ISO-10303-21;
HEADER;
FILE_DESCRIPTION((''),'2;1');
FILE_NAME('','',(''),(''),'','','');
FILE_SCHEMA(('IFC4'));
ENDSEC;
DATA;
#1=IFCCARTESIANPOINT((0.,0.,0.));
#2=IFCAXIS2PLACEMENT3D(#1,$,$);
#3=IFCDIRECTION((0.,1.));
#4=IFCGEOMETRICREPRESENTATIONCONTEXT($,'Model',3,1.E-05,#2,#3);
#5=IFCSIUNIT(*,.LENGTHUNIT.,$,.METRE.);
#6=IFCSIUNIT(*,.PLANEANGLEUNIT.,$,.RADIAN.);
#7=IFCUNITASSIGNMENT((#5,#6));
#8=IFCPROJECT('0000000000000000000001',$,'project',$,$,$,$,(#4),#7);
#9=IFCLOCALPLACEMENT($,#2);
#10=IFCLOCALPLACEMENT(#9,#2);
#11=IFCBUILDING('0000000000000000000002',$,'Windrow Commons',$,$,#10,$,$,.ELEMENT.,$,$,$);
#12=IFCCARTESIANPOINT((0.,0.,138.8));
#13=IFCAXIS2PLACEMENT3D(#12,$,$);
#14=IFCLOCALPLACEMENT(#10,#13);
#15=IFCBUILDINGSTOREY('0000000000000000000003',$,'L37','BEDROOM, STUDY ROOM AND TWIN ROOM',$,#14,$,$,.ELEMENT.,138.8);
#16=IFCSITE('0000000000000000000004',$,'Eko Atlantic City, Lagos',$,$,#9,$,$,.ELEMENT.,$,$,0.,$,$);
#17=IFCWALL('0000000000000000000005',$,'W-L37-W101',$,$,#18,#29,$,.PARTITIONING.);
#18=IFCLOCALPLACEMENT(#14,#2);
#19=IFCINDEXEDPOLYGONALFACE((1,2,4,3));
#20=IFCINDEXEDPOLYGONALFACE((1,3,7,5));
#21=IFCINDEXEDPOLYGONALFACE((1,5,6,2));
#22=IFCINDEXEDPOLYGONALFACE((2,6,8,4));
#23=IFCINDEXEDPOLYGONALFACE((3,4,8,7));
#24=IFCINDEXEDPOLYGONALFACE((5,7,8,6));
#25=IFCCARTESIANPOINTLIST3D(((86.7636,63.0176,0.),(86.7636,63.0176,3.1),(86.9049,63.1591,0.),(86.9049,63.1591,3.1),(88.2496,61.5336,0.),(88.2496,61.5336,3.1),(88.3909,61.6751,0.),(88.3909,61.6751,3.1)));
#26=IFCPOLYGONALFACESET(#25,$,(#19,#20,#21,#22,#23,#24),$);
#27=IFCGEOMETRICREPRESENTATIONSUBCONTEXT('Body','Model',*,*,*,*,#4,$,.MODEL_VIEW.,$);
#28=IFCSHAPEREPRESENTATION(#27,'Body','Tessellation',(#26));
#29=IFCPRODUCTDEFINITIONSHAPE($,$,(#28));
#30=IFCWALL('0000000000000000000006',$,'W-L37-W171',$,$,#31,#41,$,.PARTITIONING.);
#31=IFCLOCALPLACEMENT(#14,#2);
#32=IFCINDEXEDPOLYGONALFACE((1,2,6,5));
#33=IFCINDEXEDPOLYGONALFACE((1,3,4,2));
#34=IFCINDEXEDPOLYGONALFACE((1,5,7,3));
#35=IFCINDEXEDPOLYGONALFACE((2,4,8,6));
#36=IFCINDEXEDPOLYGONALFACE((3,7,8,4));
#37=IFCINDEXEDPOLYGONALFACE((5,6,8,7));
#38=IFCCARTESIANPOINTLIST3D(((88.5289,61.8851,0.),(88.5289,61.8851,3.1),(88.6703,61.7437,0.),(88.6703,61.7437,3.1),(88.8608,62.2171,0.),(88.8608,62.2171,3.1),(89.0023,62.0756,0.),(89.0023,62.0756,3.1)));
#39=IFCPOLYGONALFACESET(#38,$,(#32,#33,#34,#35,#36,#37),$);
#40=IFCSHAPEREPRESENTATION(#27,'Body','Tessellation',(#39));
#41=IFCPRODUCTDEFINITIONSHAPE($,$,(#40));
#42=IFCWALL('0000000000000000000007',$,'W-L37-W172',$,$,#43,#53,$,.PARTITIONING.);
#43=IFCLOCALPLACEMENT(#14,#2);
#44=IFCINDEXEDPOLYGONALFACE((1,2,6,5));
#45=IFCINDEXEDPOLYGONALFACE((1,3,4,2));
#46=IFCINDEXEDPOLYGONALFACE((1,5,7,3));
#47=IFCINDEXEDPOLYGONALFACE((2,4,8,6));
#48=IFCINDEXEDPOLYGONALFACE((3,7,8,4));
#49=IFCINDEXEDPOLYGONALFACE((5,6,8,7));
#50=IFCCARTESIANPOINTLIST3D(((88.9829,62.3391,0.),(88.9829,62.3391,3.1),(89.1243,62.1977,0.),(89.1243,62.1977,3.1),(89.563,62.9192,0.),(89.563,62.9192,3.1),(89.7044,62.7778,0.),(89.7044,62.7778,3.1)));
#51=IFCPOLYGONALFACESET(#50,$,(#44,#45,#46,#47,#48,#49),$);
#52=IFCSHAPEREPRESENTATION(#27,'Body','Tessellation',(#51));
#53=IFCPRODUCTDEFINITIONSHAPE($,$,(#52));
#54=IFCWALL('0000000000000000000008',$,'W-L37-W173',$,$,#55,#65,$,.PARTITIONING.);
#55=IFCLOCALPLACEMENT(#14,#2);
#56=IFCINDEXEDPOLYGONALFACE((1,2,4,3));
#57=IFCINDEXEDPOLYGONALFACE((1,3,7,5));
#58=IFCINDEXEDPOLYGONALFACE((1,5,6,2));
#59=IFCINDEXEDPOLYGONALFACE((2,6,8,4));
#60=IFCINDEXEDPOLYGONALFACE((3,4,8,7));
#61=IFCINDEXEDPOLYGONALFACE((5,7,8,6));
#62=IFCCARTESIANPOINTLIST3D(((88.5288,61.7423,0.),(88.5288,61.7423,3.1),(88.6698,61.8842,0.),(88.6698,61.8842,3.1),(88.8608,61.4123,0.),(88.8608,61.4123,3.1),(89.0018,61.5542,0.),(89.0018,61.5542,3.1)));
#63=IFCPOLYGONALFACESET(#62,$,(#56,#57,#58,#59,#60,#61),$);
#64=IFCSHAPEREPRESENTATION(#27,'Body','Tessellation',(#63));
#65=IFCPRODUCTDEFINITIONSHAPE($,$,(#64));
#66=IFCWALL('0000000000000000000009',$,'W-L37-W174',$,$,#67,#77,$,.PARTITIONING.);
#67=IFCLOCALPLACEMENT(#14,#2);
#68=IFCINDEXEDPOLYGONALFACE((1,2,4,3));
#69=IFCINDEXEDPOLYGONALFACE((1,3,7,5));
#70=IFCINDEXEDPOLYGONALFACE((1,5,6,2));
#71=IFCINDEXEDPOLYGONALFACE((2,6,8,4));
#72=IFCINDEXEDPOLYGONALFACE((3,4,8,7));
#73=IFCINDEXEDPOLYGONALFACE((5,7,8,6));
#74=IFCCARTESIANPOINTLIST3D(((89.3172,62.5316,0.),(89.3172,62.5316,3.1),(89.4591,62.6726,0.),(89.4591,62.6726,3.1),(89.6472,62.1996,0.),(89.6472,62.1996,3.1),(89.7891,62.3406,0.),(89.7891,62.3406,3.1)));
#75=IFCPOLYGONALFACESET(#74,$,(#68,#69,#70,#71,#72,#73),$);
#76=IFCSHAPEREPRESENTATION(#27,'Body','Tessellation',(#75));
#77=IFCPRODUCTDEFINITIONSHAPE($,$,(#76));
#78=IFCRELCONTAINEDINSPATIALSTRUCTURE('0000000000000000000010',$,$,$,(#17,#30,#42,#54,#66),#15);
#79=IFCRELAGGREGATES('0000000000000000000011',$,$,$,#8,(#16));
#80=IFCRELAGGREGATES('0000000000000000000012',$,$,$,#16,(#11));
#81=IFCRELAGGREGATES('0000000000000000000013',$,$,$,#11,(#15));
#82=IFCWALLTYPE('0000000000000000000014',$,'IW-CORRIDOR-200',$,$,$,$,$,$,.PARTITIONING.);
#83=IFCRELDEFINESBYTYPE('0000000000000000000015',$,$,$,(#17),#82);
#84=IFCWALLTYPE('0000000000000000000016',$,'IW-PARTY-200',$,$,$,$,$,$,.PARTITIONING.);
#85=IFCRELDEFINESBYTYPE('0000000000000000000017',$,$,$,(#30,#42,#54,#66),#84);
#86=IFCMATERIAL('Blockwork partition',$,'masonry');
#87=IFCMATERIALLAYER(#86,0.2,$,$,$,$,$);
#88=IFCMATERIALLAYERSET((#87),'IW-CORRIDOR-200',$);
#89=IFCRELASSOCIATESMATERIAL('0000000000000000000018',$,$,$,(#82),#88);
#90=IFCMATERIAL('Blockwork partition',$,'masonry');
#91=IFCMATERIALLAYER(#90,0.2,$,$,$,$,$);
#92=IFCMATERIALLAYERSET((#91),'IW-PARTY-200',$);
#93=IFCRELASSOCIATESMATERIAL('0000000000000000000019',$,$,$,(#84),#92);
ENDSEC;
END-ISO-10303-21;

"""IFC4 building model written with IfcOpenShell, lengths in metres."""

from ifc_helpers import new_model, si_unit, direction, frame, frame_2d, origin, place, context, subcontext, project, spatial, rectangle, extrude, material, layer, layer_set, type_object, element, save


model = new_model("IFC4")

# Units and contexts
model_context = context("Model", 3, precision=1e-05, world=origin(), true_north=direction((0.0, 1.0)))
body_context = subcontext(model_context, "Body", "Model", "MODEL_VIEW")
ifc_project = project(units=[si_unit("LENGTHUNIT", "METRE"), si_unit("PLANEANGLEUNIT", "RADIAN")], contexts=[model_context])

# Site, building, storey
site_placement = place(None, origin())
site = spatial("IfcSite", under=ifc_project, at=site_placement, Name="Eko Atlantic City, Lagos", CompositionType="ELEMENT", RefElevation=0.0)
building_placement = place(site_placement, origin())
building = spatial("IfcBuilding", under=site, at=building_placement, Name="Windrow Commons", CompositionType="ELEMENT")
storey_placement = place(building_placement, frame((0.0, 0.0, 138.8)))
storey = spatial("IfcBuildingStorey", under=building, at=storey_placement, Name="L37", Description="BEDROOM, STUDY ROOM AND TWIN ROOM", CompositionType="ELEMENT", Elevation=138.8)

# Shared definitions
ifc_material_1 = material(Name="Blockwork partition", Category="masonry")
ifc_layer_1 = layer(ifc_material_1, 0.2)
ifc_layer_set_1 = layer_set([ifc_layer_1], Name="IW-CORRIDOR-200")
wall_type_1 = type_object("IfcWallType", Name="IW-CORRIDOR-200", PredefinedType="PARTITIONING", material=ifc_layer_set_1)

# Walls
wall_1_placement = place(storey_placement, frame((86.8343, 63.0883, 0.0), z_axis=(0.0, 0.0, 1.0), x_axis=(0.707583, -0.70663, 0.0)))
element("IfcWall", 1, at=wall_1_placement, inside=storey, type_object=wall_type_1, Name="W-L37-W101", PredefinedType="PARTITIONING", context=body_context, shape_type="SweptSolid", body=[
    extrude(rectangle(XDim=2.1001, YDim=0.2, at=frame_2d((1.05, 0.0))), origin(), (0.0, 0.0, 1.0), 3.1),
])
ifc_material_2 = material(Name="Blockwork partition", Category="masonry")
ifc_layer_2 = layer(ifc_material_2, 0.2)
ifc_layer_set_2 = layer_set([ifc_layer_2], Name="IW-PARTY-200")
wall_type_2 = type_object("IfcWallType", Name="IW-PARTY-200", PredefinedType="PARTITIONING", material=ifc_layer_set_2)
wall_2_placement = place(storey_placement, frame((88.5996, 61.8144, 0.0), z_axis=(0.0, 0.0, 1.0), x_axis=(0.707107, 0.707107, 0.0)))
element("IfcWall", 2, at=wall_2_placement, inside=storey, type_object=wall_type_2, Name="W-L37-W171", PredefinedType="PARTITIONING", context=body_context, shape_type="SweptSolid", body=[
    extrude(rectangle(XDim=0.4695, YDim=0.2, at=frame_2d((0.2347, 0.0))), origin(), (0.0, 0.0, 1.0), 3.1),
])
wall_3_placement = place(storey_placement, frame((89.0536, 62.2684, 0.0), z_axis=(0.0, 0.0, 1.0), x_axis=(0.707107, 0.707107, 0.0)))
element("IfcWall", 3, at=wall_3_placement, inside=storey, type_object=wall_type_2, Name="W-L37-W172", PredefinedType="PARTITIONING", context=body_context, shape_type="SweptSolid", body=[
    extrude(rectangle(XDim=0.8204, YDim=0.2, at=frame_2d((0.4102, 0.0))), origin(), (0.0, 0.0, 1.0), 3.1),
])
for number, where, z_axis, x_axis, name in (
    (4, (88.5993, 61.8133, 0.0), (0.0, 0.0, 1.0), (0.70924, -0.704967, 0.0), "W-L37-W173"),
    (5, (89.3881, 62.6021, 0.0), (0.0, 0.0, 1.0), (0.704967, -0.70924, 0.0), "W-L37-W174"),
):
    element("IfcWall", number, at=place(storey_placement, frame(where, z_axis=z_axis, x_axis=x_axis)), inside=storey, type_object=wall_type_2, Name=name, PredefinedType="PARTITIONING", context=body_context, shape_type="SweptSolid", body=[
        extrude(rectangle(XDim=0.4681, YDim=0.2, at=frame_2d((0.2341, 0.0))), origin(), (0.0, 0.0, 1.0), 3.1),
    ])

save(model, "model.ifc")
